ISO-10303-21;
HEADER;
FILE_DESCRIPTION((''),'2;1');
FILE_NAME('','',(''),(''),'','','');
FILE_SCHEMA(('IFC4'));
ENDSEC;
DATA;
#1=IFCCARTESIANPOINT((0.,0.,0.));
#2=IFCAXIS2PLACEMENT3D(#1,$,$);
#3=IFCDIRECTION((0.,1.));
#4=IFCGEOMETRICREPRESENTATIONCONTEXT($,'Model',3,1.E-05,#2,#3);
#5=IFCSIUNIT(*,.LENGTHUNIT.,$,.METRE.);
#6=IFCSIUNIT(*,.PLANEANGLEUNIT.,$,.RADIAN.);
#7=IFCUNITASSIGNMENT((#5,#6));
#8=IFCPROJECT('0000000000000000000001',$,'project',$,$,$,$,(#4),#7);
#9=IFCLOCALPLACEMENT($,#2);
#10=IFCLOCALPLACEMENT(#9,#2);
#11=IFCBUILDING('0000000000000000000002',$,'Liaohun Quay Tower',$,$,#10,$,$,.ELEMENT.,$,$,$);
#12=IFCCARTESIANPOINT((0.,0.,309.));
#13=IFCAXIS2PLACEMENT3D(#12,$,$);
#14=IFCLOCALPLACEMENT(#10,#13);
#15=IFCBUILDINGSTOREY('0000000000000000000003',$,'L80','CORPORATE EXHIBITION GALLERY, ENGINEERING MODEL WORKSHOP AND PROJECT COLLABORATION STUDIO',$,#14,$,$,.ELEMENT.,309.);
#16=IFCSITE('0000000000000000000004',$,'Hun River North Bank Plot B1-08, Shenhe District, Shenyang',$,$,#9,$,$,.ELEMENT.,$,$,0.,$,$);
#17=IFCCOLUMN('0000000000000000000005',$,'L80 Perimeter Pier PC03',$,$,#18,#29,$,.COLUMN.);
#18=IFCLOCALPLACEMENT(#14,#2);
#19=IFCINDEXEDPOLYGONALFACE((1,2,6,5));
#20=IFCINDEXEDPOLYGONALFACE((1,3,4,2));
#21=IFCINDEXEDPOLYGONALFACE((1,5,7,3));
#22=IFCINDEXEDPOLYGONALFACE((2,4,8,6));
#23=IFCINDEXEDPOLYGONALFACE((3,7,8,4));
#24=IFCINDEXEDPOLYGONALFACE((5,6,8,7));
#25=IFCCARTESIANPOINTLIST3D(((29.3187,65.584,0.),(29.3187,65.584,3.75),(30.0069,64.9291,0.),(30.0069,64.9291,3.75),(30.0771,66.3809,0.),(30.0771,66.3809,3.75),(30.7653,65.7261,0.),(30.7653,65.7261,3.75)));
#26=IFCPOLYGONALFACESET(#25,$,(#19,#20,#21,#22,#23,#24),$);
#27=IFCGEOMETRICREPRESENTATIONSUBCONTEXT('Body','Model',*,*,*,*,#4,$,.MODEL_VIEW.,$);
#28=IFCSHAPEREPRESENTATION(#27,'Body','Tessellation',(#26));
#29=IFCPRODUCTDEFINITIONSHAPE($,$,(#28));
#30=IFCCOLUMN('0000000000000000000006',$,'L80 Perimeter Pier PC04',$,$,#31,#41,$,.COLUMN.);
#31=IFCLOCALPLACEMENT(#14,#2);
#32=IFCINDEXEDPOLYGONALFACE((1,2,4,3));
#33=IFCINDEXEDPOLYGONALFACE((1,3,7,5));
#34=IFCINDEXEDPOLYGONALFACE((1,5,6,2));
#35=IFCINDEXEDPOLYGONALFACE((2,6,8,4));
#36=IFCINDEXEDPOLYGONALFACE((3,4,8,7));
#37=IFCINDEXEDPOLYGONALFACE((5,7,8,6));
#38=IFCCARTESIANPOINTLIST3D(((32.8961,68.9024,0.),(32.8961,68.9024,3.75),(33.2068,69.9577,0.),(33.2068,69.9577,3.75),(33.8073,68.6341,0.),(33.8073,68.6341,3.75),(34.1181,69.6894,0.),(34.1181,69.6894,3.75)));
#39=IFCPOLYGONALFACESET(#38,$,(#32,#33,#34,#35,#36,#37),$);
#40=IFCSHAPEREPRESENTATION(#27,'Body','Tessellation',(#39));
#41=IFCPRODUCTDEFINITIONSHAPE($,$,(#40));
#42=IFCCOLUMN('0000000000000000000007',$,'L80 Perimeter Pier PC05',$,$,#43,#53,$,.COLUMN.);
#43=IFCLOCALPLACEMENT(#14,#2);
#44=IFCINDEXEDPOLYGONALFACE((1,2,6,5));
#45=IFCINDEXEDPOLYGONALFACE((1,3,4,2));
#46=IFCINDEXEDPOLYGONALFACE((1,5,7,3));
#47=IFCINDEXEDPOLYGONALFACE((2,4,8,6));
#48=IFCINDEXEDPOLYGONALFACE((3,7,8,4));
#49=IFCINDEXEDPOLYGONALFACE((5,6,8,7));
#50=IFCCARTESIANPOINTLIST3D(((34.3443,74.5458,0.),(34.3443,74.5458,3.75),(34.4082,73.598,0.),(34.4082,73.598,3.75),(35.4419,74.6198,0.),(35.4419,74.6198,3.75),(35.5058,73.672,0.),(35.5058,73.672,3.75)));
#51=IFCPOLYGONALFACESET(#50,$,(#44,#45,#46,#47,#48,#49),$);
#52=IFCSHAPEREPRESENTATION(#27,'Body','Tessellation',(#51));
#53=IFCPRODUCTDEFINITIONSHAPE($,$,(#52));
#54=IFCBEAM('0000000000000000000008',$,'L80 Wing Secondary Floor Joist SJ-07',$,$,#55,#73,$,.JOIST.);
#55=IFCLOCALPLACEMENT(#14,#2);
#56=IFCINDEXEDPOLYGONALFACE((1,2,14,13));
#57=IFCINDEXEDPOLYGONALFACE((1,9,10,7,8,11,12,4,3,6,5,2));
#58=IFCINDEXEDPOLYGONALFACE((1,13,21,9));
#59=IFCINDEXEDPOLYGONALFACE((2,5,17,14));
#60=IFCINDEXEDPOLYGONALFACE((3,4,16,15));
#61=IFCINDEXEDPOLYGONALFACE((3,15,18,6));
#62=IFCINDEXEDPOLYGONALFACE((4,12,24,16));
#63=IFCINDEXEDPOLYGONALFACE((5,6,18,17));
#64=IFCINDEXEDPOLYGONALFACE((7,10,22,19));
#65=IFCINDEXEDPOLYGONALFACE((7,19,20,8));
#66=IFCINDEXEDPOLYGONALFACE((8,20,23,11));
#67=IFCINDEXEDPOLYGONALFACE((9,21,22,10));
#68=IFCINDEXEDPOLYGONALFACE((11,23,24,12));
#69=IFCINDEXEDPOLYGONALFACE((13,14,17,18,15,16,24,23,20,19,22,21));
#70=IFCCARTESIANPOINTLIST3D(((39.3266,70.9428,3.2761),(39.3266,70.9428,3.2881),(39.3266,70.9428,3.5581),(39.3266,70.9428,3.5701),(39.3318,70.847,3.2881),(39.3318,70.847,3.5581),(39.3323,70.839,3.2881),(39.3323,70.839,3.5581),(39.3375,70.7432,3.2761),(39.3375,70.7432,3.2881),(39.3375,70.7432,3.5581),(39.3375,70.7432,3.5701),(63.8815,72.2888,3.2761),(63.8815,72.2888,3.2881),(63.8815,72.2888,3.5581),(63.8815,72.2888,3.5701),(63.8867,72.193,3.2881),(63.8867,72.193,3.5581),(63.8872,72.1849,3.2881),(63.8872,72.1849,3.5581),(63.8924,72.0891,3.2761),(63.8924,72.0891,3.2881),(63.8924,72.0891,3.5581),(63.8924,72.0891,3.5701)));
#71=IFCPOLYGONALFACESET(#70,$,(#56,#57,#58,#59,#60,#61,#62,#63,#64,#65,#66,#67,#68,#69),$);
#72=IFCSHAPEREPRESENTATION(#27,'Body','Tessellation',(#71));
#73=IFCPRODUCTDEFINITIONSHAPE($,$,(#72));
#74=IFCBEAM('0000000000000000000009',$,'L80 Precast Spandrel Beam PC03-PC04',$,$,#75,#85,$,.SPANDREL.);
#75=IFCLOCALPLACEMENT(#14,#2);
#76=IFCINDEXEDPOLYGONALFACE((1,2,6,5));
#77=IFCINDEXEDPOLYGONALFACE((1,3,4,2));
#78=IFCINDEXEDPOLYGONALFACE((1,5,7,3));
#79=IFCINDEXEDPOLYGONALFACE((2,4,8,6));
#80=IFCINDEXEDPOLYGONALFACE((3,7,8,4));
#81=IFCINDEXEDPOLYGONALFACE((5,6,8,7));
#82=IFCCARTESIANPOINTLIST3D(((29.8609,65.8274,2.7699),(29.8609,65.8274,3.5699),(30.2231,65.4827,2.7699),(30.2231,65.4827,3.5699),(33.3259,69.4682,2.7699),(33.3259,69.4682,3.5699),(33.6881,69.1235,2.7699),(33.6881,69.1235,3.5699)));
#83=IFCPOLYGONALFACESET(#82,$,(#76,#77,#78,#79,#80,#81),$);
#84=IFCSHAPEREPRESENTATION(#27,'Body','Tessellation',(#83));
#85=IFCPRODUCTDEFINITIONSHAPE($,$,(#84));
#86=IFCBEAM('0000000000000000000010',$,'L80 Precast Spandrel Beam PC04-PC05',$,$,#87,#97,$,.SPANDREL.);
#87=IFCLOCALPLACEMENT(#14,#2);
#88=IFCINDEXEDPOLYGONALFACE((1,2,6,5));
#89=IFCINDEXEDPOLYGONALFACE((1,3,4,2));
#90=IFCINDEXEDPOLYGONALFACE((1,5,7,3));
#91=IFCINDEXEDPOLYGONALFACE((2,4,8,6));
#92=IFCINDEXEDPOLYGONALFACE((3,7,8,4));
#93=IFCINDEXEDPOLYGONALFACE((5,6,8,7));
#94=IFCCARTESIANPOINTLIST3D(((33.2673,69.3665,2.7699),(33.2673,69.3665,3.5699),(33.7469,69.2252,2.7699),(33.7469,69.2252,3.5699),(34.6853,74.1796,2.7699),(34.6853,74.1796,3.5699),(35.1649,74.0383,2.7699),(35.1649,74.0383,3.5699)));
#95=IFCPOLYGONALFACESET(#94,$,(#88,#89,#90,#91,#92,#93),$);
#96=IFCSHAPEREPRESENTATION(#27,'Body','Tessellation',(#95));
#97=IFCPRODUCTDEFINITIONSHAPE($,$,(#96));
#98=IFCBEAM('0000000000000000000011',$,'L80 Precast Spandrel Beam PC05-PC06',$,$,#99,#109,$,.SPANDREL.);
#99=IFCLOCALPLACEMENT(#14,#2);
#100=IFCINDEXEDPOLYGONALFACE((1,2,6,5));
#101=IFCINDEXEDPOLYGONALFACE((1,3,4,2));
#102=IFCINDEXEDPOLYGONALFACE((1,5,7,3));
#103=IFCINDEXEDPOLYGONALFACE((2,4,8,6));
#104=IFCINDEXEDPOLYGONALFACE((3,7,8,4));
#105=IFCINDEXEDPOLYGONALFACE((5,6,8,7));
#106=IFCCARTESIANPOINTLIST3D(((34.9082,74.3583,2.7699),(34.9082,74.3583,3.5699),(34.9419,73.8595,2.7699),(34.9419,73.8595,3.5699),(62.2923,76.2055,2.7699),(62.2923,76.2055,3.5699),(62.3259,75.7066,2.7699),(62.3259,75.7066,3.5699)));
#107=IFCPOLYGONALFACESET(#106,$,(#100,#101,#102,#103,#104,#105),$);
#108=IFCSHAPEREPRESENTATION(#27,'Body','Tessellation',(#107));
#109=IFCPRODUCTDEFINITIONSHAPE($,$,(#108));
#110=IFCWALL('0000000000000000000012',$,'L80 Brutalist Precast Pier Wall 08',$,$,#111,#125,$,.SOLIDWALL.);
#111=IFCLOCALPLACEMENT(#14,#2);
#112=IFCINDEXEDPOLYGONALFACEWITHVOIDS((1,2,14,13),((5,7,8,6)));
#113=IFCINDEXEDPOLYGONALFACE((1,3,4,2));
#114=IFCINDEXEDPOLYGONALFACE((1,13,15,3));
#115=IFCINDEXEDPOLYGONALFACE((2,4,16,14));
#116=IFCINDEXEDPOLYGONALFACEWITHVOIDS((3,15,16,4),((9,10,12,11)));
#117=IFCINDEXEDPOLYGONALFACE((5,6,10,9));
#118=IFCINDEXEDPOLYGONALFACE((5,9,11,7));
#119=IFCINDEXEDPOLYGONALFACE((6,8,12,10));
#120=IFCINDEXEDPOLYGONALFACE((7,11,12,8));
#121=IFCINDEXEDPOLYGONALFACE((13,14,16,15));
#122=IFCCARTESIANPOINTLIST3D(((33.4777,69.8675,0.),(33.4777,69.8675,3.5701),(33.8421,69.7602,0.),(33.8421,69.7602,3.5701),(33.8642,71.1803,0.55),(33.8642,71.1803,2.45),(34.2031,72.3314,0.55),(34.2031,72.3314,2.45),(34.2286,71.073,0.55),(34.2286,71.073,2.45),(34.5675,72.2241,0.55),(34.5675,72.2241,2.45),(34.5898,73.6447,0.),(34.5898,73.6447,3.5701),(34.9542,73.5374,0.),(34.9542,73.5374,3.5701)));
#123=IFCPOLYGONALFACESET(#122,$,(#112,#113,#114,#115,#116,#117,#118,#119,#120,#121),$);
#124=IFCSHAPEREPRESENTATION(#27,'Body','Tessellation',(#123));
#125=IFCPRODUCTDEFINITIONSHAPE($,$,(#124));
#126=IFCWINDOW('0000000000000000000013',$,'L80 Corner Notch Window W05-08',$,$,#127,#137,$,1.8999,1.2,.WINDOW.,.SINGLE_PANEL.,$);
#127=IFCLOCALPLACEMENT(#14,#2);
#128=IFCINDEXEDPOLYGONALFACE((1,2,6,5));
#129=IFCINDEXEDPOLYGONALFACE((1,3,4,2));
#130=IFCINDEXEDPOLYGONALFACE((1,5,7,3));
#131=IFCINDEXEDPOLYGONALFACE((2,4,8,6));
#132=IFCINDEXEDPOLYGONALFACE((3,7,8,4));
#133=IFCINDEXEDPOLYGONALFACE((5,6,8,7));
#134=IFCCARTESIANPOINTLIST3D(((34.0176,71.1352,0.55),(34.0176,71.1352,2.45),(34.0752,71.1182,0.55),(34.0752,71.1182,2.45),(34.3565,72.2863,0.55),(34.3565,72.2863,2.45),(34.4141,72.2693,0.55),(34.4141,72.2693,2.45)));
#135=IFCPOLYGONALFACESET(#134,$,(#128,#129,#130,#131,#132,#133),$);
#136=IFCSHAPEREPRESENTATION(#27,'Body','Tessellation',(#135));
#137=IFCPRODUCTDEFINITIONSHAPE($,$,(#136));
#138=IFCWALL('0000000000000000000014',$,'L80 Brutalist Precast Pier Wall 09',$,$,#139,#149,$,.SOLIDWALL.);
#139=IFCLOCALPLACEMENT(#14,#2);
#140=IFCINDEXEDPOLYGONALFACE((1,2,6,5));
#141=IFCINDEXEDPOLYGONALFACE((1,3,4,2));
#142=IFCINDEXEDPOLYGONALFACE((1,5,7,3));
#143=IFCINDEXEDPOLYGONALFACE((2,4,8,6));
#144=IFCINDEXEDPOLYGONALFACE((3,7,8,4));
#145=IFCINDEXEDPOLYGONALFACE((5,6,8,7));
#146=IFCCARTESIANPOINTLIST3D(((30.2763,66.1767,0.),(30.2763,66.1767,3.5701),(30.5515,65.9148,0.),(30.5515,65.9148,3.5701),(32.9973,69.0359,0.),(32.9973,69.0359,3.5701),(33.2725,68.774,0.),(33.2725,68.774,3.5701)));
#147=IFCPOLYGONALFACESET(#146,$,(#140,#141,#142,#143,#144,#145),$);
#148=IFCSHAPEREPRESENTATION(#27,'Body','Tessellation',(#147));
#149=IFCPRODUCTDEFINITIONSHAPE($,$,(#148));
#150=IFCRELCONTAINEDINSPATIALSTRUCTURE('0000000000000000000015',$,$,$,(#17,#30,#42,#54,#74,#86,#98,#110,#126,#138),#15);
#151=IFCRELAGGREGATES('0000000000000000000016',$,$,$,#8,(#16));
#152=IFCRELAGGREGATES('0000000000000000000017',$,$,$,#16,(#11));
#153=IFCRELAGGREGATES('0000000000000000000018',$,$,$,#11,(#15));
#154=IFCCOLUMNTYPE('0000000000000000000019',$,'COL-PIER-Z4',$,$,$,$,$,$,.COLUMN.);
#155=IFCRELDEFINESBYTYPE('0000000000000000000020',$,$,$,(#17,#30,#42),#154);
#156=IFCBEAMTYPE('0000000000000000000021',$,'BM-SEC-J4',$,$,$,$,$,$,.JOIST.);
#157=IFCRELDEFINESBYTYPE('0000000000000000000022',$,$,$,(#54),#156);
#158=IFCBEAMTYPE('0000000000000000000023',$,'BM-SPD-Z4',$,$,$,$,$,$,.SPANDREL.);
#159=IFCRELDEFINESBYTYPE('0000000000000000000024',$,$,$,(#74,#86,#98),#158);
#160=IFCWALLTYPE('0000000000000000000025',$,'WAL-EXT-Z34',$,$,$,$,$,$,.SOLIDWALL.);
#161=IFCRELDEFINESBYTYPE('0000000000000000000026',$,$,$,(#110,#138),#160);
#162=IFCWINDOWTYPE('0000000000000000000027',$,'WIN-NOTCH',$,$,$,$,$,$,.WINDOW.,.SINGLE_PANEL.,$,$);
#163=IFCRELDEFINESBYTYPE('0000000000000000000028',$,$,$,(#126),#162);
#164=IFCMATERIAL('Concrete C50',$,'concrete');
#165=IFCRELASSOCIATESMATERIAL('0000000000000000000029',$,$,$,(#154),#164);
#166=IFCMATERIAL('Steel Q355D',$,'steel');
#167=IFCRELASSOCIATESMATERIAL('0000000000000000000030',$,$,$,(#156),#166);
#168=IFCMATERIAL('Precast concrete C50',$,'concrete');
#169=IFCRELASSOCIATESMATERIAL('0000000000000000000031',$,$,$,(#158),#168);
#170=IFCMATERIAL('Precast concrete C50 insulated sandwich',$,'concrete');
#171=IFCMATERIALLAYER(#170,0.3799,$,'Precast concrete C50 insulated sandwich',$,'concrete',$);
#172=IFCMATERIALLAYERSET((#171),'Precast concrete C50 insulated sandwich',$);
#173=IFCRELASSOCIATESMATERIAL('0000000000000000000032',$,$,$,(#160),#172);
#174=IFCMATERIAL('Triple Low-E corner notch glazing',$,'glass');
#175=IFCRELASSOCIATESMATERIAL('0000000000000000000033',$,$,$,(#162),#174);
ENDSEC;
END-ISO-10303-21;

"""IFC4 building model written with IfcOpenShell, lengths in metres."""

from ifc_helpers import new_model, si_unit, direction, frame, frame_2d, origin, origin_2d, place, context, subcontext, project, spatial, rectangle, i_section, extrude, source, transform, mapped, material, layer, layer_set, material_profile, profile_set, type_object, element, fill, save


model = new_model("IFC4")

# Units and contexts
model_context = context("Model", 3, precision=1e-05, world=origin(), true_north=direction((0.0, 1.0)))
body_context = subcontext(model_context, "Body", "Model", "MODEL_VIEW")
ifc_project = project(units=[si_unit("LENGTHUNIT", "METRE"), si_unit("PLANEANGLEUNIT", "RADIAN")], contexts=[model_context])

# Site, building, storey
site_placement = place(None, origin())
site = spatial("IfcSite", under=ifc_project, at=site_placement, Name="Hun River North Bank Plot B1-08, Shenhe District, Shenyang", CompositionType="ELEMENT", RefElevation=0.0)
building_placement = place(site_placement, origin())
building = spatial("IfcBuilding", under=site, at=building_placement, Name="Liaohun Quay Tower", CompositionType="ELEMENT")
storey_placement = place(building_placement, frame((0.0, 0.0, 309.0)))
storey = spatial("IfcBuildingStorey", under=building, at=storey_placement, Name="L80", Description="CORPORATE EXHIBITION GALLERY, ENGINEERING MODEL WORKSHOP AND PROJECT COLLABORATION STUDIO", CompositionType="ELEMENT", Elevation=309.0)

# Columns
ifc_material_1 = material(Name="Concrete C50", Category="concrete")
ifc_material_profile_1 = material_profile(ifc_material_1, rectangle(XDim=1.1001, YDim=0.95, at=origin_2d()), Name="RC1100x950")
ifc_profile_set_1 = profile_set([ifc_material_profile_1], Name="Concrete C50")
column_type = type_object("IfcColumnType", Name="COL-PIER-Z4", PredefinedType="COLUMN", material=ifc_profile_set_1)
shared_shape_1 = source(origin(), body_context, "Body", "SweptSolid", [
    extrude(rectangle(XDim=1.1001, YDim=0.95, at=origin_2d()), origin(), (0.0, 0.0, 1.0), 3.75),
])
for number, where, z_axis, x_axis, name in (
    (1, (30.042, 65.655, 0.0), (0.0, 0.0, 1.0), (0.689367, 0.724413, 0.0), "L80 Perimeter Pier PC03"),
    (2, (33.5071, 69.2959, 0.0), (0.0, 0.0, 1.0), (0.282509, 0.959265, 0.0), "L80 Perimeter Pier PC04"),
    (3, (34.925, 74.1089, 0.0), (0.0, 0.0, 1.0), (0.997732, 0.067319, 0.0), "L80 Perimeter Pier PC05"),
):
    element("IfcColumn", number, at=place(storey_placement, frame(where, z_axis=z_axis, x_axis=x_axis)), inside=storey, type_object=column_type, Name=name, PredefinedType="COLUMN", context=body_context, shape_type="MappedRepresentation", body=[
        mapped(shared_shape_1, transform((0.0, 0.0, 0.0), x_axis=(1.0, 0.0, 0.0), y_axis=(0.0, 1.0, 0.0), z_axis=(0.0, 0.0, 1.0), scale=1.0)),
    ])

# Beams
ifc_material_2 = material(Name="Steel Q355D", Category="steel")
ifc_material_profile_2 = material_profile(ifc_material_2, i_section(OverallWidth=0.2, OverallDepth=0.2939, WebThickness=0.0081, FlangeThickness=0.012, at=origin_2d()), Name="HM294x200x8x12")
ifc_profile_set_2 = profile_set([ifc_material_profile_2], Name="Steel Q355D")
beam_type_1 = type_object("IfcBeamType", Name="BM-SEC-J4", PredefinedType="JOIST", material=ifc_profile_set_2)
shared_shape_2 = source(origin(), body_context, "Body", "SweptSolid", [
    extrude(i_section(OverallWidth=0.2, OverallDepth=0.2939, WebThickness=0.0081, FlangeThickness=0.012, at=origin_2d()), origin(), (0.0, 0.0, 1.0), 24.5918),
])
beam_1_placement = place(storey_placement, frame((39.332, 70.843, 3.4231), z_axis=(0.998501, 0.054732, 0.0), x_axis=(-0.054732, 0.998501, 0.0)))
element("IfcBeam", 4, at=beam_1_placement, inside=storey, type_object=beam_type_1, Name="L80 Wing Secondary Floor Joist SJ-07", PredefinedType="JOIST", context=body_context, shape_type="MappedRepresentation", body=[
    mapped(shared_shape_2, transform((0.0, 0.0, 0.0), x_axis=(1.0, 0.0, 0.0), y_axis=(0.0, 1.0, 0.0), z_axis=(0.0, 0.0, 1.0), scale=1.0)),
])
ifc_material_3 = material(Name="Precast concrete C50", Category="concrete")
ifc_material_profile_3 = material_profile(ifc_material_3, rectangle(XDim=0.5, YDim=0.8, at=origin_2d()), Name="RC500x800")
ifc_profile_set_3 = profile_set([ifc_material_profile_3], Name="Precast concrete C50")
beam_type_2 = type_object("IfcBeamType", Name="BM-SPD-Z4", PredefinedType="SPANDREL", material=ifc_profile_set_3)
shared_shape_3 = source(origin(), body_context, "Body", "SweptSolid", [
    extrude(rectangle(XDim=0.5, YDim=0.8, at=origin_2d()), origin(), (0.0, 0.0, 1.0), 5.0261),
])
beam_2_placement = place(storey_placement, frame((30.042, 65.655, 3.1699), z_axis=(0.689404, 0.724377, 0.0), x_axis=(-0.724377, 0.689404, 0.0)))
element("IfcBeam", 5, at=beam_2_placement, inside=storey, type_object=beam_type_2, Name="L80 Precast Spandrel Beam PC03-PC04", PredefinedType="SPANDREL", context=body_context, shape_type="MappedRepresentation", body=[
    mapped(shared_shape_3, transform((0.0, 0.0, 0.0), x_axis=(1.0, 0.0, 0.0), y_axis=(0.0, 1.0, 0.0), z_axis=(0.0, 0.0, 1.0), scale=1.0)),
])
shared_shape_4 = source(origin(), body_context, "Body", "SweptSolid", [
    extrude(rectangle(XDim=0.5, YDim=0.8, at=origin_2d()), origin(), (0.0, 0.0, 1.0), 5.0176),
])
beam_3_placement = place(storey_placement, frame((33.5071, 69.2959, 3.1699), z_axis=(0.282604, 0.959237, 0.0), x_axis=(-0.959237, 0.282604, 0.0)))
element("IfcBeam", 6, at=beam_3_placement, inside=storey, type_object=beam_type_2, Name="L80 Precast Spandrel Beam PC04-PC05", PredefinedType="SPANDREL", context=body_context, shape_type="MappedRepresentation", body=[
    mapped(shared_shape_4, transform((0.0, 0.0, 0.0), x_axis=(1.0, 0.0, 0.0), y_axis=(0.0, 1.0, 0.0), z_axis=(0.0, 0.0, 1.0), scale=1.0)),
])
shared_shape_5 = source(origin(), body_context, "Body", "SweptSolid", [
    extrude(rectangle(XDim=0.5, YDim=0.8, at=origin_2d()), origin(), (0.0, 0.0, 1.0), 27.4463),
])
beam_4_placement = place(storey_placement, frame((34.925, 74.1089, 3.1699), z_axis=(0.997733, 0.067301, 0.0), x_axis=(-0.067301, 0.997733, 0.0)))
element("IfcBeam", 7, at=beam_4_placement, inside=storey, type_object=beam_type_2, Name="L80 Precast Spandrel Beam PC05-PC06", PredefinedType="SPANDREL", context=body_context, shape_type="MappedRepresentation", body=[
    mapped(shared_shape_5, transform((0.0, 0.0, 0.0), x_axis=(1.0, 0.0, 0.0), y_axis=(0.0, 1.0, 0.0), z_axis=(0.0, 0.0, 1.0), scale=1.0)),
])

# Wall, opening, window
ifc_material_4 = material(Name="Precast concrete C50 insulated sandwich", Category="concrete")
ifc_layer_1 = layer(ifc_material_4, 0.3799, Name="Precast concrete C50 insulated sandwich", Category="concrete")
ifc_layer_set_1 = layer_set([ifc_layer_1], Name="Precast concrete C50 insulated sandwich")
wall_type_1 = type_object("IfcWallType", Name="WAL-EXT-Z34", PredefinedType="SOLIDWALL", material=ifc_layer_set_1)
wall_1_placement = place(storey_placement, frame((34.772, 73.5911, 0.0), z_axis=(0.0, 0.0, 1.0), x_axis=(-0.282435, -0.959286, 0.0)))
wall_1 = element("IfcWall", 8, at=wall_1_placement, inside=storey, type_object=wall_type_1, Name="L80 Brutalist Precast Pier Wall 08", PredefinedType="SOLIDWALL", context=body_context, shape_type="SweptSolid", body=[
    extrude(rectangle(XDim=3.9375, YDim=0.3799, at=frame_2d((1.9688, 0.0))), origin(), (0.0, 0.0, 1.0), 3.5701),
])
shared_shape_6 = source(origin(), body_context, "Body", "SweptSolid", [
    extrude(rectangle(XDim=1.2, YDim=1.8999, at=frame_2d((0.6001, 0.95))), frame((0.0, 0.2, 0.0), z_axis=(0.0, -1.0, 0.0), x_axis=(1.0, 0.0, 0.0)), (0.0, 0.0, 1.0), 0.3999),
])
opening_1_placement = place(wall_1_placement, frame((1.3689, 0.0, 0.55)))
opening_1 = element("IfcOpeningElement", 9, at=opening_1_placement, cuts=wall_1, PredefinedType="OPENING", context=body_context, shape_type="MappedRepresentation", body=[
    mapped(shared_shape_6, transform((0.0, 0.0, 0.0), x_axis=(1.0, 0.0, 0.0), y_axis=(0.0, 1.0, 0.0), z_axis=(0.0, 0.0, 1.0), scale=1.0)),
])
ifc_material_5 = material(Name="Triple Low-E corner notch glazing", Category="glass")
window_type_1 = type_object("IfcWindowType", Name="WIN-NOTCH", PartitioningType="SINGLE_PANEL", PredefinedType="WINDOW", material=ifc_material_5)
shared_shape_7 = source(origin(), body_context, "Body", "SweptSolid", [
    extrude(rectangle(XDim=1.2, YDim=1.8999, at=frame_2d((0.6001, 0.95))), frame((0.0, 0.03, 0.0), z_axis=(0.0, -1.0, 0.0), x_axis=(1.0, 0.0, 0.0)), (0.0, 0.0, 1.0), 0.0601),
])
window_1_placement = place(opening_1_placement, origin())
window_1 = element("IfcWindow", 10, at=window_1_placement, inside=storey, type_object=window_type_1, Name="L80 Corner Notch Window W05-08", OverallHeight=1.8999, OverallWidth=1.2, PartitioningType="SINGLE_PANEL", PredefinedType="WINDOW", context=body_context, shape_type="MappedRepresentation", body=[
    mapped(shared_shape_7, transform((0.0, 0.0, 0.0), x_axis=(1.0, 0.0, 0.0), y_axis=(0.0, 1.0, 0.0), z_axis=(0.0, 0.0, 1.0), scale=1.0)),
])
fill(opening_1, window_1)

# Wall
wall_2_placement = place(storey_placement, frame((33.135, 68.905, 0.0), z_axis=(0.0, 0.0, 1.0), x_axis=(-0.689385, -0.724395, 0.0)))
element("IfcWall", 11, at=wall_2_placement, inside=storey, type_object=wall_type_1, Name="L80 Brutalist Precast Pier Wall 09", PredefinedType="SOLIDWALL", context=body_context, shape_type="SweptSolid", body=[
    extrude(rectangle(XDim=3.947, YDim=0.3799, at=frame_2d((1.9736, 0.0))), origin(), (0.0, 0.0, 1.0), 3.5701),
])

save(model, "model.ifc")
